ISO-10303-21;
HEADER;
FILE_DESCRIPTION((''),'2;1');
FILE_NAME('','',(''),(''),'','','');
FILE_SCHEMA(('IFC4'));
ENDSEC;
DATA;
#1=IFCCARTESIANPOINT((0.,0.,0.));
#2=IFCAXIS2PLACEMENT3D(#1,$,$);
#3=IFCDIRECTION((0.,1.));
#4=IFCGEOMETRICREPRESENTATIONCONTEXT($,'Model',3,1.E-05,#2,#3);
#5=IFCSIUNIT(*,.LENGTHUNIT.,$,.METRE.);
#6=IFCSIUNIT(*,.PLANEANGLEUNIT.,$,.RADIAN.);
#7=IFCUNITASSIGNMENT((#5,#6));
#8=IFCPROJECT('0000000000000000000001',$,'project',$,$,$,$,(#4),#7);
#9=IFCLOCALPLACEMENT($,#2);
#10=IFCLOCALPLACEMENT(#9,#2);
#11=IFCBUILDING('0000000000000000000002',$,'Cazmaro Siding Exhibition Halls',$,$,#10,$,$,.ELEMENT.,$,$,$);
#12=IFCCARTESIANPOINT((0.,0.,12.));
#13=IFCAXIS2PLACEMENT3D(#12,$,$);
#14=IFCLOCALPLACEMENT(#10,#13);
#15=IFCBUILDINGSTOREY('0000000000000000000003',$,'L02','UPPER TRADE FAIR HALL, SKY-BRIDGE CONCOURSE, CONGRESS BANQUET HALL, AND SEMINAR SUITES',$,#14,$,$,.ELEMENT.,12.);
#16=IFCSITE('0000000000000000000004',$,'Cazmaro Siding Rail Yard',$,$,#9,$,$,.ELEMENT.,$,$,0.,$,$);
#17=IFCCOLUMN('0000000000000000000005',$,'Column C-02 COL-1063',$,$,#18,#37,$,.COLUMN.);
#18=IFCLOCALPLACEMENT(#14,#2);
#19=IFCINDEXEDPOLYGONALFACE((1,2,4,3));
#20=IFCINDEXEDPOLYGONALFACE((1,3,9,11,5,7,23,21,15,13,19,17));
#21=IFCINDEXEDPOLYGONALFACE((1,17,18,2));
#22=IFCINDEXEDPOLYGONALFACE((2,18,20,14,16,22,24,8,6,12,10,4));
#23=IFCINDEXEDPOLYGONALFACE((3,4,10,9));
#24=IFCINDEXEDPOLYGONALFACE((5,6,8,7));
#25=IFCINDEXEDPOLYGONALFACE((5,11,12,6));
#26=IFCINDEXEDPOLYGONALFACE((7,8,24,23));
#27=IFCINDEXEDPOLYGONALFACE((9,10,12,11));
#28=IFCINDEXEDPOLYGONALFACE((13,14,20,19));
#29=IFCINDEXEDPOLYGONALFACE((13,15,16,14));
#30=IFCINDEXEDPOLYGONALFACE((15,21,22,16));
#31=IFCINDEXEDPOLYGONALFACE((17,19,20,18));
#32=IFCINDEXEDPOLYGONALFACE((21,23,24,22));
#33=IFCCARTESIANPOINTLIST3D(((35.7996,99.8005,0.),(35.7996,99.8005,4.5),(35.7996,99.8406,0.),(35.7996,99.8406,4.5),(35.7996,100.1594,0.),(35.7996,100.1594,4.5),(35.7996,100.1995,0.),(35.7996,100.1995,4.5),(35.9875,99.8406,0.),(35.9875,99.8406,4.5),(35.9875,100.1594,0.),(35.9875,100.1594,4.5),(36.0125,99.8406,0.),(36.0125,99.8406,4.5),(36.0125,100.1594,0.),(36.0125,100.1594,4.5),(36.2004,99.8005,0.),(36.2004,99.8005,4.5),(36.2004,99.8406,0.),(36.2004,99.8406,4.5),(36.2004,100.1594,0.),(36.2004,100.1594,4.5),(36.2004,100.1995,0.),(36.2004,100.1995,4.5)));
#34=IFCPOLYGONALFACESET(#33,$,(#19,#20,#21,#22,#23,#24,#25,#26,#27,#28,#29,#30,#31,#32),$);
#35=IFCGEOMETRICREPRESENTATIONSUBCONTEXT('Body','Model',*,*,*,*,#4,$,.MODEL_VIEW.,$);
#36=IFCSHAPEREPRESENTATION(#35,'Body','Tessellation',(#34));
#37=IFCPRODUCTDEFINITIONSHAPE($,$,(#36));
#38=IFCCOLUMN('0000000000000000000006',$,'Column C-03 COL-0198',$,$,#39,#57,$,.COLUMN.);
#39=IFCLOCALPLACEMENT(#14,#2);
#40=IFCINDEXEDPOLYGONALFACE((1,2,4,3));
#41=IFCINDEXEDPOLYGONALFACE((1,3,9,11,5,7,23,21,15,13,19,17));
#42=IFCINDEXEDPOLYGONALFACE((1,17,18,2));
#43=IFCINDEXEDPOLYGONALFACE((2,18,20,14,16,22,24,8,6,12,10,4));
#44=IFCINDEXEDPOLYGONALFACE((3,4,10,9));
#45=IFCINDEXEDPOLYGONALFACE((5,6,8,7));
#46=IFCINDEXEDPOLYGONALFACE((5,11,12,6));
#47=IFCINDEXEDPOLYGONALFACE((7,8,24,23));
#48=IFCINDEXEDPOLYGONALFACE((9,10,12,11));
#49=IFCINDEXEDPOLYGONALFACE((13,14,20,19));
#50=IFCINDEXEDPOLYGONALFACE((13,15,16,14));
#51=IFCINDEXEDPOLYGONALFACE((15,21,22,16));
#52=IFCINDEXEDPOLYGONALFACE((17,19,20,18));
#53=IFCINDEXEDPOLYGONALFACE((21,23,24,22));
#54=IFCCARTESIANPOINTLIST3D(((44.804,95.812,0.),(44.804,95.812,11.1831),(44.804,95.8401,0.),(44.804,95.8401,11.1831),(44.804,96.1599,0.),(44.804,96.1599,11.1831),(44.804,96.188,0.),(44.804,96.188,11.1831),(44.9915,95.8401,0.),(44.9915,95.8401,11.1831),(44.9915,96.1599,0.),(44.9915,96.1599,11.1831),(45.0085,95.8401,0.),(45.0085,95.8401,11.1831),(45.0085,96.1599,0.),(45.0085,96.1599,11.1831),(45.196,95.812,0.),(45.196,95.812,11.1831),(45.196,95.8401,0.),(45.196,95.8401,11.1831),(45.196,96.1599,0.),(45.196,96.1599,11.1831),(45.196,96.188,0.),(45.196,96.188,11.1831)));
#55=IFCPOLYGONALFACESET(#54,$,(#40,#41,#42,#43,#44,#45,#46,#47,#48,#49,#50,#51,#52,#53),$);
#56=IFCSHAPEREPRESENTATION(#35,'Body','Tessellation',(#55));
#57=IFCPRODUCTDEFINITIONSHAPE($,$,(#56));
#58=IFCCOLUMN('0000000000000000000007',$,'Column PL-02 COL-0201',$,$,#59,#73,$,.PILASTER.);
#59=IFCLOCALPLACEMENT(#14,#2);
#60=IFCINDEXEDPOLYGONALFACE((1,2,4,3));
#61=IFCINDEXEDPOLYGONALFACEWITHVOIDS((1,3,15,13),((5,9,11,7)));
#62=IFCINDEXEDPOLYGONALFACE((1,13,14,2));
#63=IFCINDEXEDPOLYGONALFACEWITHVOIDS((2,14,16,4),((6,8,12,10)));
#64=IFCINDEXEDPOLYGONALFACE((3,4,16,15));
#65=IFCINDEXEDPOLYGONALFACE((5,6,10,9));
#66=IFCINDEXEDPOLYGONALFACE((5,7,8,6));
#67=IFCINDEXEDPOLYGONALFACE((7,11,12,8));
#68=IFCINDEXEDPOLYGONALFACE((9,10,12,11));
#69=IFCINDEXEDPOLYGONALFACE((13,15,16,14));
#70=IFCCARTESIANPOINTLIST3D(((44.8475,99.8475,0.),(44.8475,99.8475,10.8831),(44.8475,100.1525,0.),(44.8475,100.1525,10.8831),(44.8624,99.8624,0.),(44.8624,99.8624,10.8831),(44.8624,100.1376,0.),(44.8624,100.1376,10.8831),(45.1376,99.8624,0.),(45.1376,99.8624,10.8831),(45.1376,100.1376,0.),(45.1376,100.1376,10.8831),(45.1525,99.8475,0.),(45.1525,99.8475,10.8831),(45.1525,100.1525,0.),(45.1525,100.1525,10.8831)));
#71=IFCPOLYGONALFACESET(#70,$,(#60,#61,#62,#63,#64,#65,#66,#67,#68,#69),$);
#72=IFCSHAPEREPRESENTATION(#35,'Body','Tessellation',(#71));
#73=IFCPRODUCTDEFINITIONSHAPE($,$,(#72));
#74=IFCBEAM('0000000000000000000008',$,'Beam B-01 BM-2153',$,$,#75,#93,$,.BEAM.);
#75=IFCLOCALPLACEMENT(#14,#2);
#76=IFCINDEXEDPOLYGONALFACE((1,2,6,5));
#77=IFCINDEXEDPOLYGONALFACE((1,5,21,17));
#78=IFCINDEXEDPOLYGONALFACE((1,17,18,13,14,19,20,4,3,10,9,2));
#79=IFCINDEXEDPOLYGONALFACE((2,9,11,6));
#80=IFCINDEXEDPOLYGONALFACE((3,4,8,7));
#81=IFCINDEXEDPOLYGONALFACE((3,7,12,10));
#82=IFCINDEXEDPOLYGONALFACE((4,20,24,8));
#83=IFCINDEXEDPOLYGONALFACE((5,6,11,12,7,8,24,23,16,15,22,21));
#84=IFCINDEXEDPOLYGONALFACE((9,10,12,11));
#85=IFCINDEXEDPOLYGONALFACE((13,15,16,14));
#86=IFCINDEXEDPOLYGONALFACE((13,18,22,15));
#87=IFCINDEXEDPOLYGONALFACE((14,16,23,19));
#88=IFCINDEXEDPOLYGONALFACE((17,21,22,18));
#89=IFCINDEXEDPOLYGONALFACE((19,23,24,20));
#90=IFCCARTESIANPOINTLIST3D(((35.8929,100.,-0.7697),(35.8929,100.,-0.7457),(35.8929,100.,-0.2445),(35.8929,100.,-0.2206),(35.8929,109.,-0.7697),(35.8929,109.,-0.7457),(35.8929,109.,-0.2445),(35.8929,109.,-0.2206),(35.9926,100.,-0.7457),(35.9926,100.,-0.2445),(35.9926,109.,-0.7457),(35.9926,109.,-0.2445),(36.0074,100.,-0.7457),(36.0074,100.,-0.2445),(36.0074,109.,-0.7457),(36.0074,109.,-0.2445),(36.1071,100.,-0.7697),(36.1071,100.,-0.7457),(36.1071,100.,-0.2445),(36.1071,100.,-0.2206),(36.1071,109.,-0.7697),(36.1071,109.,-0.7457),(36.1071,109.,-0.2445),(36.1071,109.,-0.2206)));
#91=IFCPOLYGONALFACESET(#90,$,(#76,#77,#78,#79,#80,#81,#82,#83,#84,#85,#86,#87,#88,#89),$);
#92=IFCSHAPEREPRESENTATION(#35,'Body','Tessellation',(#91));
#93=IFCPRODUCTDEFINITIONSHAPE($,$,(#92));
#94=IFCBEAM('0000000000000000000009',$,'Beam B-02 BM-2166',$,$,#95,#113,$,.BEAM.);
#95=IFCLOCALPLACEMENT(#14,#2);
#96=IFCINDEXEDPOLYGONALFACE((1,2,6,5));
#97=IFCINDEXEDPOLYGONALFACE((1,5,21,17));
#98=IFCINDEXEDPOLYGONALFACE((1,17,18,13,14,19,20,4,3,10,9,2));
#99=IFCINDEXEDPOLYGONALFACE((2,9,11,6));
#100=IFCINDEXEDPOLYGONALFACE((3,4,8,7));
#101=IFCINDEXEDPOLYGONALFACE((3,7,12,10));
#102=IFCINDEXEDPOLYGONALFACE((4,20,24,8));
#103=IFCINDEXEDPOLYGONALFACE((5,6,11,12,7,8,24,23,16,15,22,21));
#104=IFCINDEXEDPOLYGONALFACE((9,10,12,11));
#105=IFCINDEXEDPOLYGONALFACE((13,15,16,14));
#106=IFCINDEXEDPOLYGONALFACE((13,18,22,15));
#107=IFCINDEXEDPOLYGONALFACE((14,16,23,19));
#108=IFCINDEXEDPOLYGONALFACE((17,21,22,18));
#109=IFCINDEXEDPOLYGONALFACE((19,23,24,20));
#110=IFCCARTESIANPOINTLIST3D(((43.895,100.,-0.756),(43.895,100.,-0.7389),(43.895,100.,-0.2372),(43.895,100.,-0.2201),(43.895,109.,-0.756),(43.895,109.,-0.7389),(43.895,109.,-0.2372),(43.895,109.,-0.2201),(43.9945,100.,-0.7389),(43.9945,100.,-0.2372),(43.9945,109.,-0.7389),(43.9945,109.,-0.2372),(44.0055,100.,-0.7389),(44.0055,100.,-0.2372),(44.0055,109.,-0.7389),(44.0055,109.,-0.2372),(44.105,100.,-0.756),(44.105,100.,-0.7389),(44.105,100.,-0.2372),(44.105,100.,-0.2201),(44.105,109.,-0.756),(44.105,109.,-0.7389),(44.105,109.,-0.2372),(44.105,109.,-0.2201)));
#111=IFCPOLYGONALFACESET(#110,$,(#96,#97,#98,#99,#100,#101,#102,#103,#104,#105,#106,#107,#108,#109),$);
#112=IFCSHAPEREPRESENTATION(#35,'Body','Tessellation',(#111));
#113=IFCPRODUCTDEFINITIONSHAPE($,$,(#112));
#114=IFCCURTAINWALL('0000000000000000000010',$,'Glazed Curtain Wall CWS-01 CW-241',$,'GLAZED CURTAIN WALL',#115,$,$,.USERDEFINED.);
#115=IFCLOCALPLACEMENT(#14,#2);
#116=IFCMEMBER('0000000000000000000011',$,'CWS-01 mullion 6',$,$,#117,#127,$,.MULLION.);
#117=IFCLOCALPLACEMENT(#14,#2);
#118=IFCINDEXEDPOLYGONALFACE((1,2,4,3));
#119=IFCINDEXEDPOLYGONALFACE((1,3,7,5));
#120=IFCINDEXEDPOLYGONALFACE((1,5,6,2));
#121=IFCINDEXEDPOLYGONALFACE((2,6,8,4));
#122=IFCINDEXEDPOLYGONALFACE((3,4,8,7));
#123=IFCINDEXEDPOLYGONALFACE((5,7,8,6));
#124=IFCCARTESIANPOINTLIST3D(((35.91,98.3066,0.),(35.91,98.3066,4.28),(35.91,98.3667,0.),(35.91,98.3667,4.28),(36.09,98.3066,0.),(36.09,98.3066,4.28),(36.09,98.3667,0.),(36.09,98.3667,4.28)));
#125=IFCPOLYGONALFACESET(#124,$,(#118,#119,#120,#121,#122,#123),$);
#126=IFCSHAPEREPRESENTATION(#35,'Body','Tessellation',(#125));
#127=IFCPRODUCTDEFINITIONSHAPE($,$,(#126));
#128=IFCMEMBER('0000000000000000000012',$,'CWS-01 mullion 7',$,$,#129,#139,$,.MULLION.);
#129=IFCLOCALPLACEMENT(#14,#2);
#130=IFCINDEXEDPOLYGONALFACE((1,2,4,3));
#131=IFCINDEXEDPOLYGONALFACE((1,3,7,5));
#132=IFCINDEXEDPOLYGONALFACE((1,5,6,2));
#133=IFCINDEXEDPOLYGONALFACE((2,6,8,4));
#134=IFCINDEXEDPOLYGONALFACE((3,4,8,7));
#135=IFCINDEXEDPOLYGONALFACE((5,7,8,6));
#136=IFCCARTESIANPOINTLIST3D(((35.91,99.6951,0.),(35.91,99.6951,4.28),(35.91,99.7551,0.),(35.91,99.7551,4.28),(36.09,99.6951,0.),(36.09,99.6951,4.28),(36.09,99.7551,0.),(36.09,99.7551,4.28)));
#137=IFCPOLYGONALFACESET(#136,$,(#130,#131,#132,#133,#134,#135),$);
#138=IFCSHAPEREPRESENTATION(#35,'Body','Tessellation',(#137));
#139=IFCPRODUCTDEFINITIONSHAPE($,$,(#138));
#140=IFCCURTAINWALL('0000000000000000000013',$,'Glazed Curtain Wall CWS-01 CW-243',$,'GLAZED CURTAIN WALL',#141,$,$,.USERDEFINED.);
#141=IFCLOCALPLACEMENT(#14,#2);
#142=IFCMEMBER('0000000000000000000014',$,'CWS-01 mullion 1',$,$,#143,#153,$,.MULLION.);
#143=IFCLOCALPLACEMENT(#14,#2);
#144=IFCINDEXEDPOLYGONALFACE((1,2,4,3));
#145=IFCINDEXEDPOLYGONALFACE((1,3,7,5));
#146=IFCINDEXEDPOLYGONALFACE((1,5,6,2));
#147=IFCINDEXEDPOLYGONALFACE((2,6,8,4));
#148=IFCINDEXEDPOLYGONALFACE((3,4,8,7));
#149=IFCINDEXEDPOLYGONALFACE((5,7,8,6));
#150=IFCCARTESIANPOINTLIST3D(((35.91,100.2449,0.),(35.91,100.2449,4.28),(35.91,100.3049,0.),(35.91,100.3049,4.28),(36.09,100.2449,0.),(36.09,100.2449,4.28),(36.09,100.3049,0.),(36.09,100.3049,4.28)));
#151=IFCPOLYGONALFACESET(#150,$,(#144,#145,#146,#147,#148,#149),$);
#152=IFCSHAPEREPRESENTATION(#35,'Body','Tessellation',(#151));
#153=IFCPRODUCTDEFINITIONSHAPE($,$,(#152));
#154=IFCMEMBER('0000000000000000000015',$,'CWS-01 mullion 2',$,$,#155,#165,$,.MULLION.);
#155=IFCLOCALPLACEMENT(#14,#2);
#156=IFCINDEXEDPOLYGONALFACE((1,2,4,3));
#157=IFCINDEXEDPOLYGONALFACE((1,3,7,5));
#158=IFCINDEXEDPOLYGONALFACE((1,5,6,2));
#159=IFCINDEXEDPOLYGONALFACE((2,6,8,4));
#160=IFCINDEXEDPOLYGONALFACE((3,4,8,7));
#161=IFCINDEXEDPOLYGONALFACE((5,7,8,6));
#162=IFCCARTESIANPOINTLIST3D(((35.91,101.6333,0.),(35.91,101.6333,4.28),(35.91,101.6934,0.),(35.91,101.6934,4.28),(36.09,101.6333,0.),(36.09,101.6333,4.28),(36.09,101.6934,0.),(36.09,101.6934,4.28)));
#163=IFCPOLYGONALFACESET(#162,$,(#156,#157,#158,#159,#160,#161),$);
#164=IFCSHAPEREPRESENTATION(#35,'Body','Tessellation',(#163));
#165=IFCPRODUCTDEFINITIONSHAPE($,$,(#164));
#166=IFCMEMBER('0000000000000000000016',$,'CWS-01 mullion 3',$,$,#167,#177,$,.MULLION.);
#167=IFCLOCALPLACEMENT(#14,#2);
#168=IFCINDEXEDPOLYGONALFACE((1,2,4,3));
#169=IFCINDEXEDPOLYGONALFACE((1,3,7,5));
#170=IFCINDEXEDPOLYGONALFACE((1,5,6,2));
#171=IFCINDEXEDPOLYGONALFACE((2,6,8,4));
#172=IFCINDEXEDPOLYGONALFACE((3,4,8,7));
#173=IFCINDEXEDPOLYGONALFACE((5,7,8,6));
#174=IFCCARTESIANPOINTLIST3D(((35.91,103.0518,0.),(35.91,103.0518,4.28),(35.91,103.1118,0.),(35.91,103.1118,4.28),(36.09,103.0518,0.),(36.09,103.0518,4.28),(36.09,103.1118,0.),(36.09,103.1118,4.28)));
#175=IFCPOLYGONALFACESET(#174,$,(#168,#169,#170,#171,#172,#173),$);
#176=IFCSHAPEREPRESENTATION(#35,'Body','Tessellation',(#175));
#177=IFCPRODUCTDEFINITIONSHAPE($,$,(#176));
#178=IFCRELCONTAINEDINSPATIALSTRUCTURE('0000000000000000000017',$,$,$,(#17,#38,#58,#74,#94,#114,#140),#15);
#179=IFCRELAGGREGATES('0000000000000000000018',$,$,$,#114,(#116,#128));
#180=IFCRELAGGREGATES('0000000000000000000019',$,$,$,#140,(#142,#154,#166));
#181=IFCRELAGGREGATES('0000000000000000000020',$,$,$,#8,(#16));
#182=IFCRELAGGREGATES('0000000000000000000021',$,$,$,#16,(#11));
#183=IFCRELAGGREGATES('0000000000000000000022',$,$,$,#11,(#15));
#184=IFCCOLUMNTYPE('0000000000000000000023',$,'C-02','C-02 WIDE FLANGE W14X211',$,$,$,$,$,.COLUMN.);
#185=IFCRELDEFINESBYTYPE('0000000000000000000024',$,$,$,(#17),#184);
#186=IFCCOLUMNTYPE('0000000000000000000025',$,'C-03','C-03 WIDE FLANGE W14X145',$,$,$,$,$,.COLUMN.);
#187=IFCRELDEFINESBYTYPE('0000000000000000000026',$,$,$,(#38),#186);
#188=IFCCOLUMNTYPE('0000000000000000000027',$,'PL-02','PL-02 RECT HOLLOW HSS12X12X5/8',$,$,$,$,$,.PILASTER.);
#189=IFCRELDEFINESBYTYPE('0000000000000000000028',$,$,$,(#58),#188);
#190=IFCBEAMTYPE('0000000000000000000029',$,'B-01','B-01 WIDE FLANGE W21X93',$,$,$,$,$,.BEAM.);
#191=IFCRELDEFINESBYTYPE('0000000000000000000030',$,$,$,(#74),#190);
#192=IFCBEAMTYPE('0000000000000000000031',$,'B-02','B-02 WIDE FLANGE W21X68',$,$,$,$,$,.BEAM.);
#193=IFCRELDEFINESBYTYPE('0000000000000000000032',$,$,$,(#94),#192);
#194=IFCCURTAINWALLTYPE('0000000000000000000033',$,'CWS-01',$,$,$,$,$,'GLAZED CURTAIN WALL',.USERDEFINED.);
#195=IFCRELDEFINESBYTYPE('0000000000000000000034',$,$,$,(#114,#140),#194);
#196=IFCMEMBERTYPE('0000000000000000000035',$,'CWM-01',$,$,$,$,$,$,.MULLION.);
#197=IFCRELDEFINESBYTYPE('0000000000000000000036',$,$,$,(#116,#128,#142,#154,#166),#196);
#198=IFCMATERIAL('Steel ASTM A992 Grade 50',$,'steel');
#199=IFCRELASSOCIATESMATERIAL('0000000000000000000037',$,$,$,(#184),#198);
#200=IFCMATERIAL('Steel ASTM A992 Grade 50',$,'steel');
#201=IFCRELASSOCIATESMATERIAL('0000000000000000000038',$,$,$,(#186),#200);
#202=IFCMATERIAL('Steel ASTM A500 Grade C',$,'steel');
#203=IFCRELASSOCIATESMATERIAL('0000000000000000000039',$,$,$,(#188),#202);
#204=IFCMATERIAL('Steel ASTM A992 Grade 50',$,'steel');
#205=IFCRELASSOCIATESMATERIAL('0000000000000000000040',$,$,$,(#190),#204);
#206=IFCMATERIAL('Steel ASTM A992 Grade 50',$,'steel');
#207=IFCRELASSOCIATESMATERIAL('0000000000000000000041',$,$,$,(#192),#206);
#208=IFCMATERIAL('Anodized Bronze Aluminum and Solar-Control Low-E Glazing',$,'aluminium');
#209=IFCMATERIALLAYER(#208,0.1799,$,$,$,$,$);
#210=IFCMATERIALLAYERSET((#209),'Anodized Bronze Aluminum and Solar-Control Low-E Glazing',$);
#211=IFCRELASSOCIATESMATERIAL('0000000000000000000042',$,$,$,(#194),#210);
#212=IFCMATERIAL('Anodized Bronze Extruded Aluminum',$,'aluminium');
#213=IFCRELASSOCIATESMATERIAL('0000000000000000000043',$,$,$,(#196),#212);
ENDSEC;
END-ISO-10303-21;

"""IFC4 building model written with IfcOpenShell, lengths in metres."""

from ifc_helpers import new_model, si_unit, direction, frame, origin, origin_2d, place, context, subcontext, project, spatial, rectangle, hollow_rectangle, i_section, extrude, material, layer, layer_set, material_profile, profile_set, type_object, element, aggregate, save


model = new_model("IFC4")

# Units and contexts
model_context = context("Model", 3, precision=1e-05, world=origin(), true_north=direction((0.0, 1.0)))
body_context = subcontext(model_context, "Body", "Model", "MODEL_VIEW")
ifc_project = project(units=[si_unit("LENGTHUNIT", "METRE"), si_unit("PLANEANGLEUNIT", "RADIAN")], contexts=[model_context])

# Site, building, storey
site_placement = place(None, origin())
site = spatial("IfcSite", under=ifc_project, at=site_placement, Name="Cazmaro Siding Rail Yard", CompositionType="ELEMENT", RefElevation=0.0)
building_placement = place(site_placement, origin())
building = spatial("IfcBuilding", under=site, at=building_placement, Name="Cazmaro Siding Exhibition Halls", CompositionType="ELEMENT")
storey_placement = place(building_placement, frame((0.0, 0.0, 12.0)))
storey = spatial("IfcBuildingStorey", under=building, at=storey_placement, Name="L02", Description="UPPER TRADE FAIR HALL, SKY-BRIDGE CONCOURSE, CONGRESS BANQUET HALL, AND SEMINAR SUITES", CompositionType="ELEMENT", Elevation=12.0)

# Columns
ifc_material_1 = material(Name="Steel ASTM A992 Grade 50", Category="steel")
ifc_material_profile_1 = material_profile(ifc_material_1, i_section(OverallWidth=0.4009, OverallDepth=0.3989, WebThickness=0.0249, FlangeThickness=0.04, at=origin_2d()), Name="W14X211")
ifc_profile_set_1 = profile_set([ifc_material_profile_1], Name="Steel ASTM A992 Grade 50")
column_type_1 = type_object("IfcColumnType", Name="C-02", Description="C-02 WIDE FLANGE W14X211", PredefinedType="COLUMN", material=ifc_profile_set_1)
column_1_placement = place(storey_placement, frame((36.0, 100.0, 0.0), z_axis=(0.0, 0.0, 1.0), x_axis=(1.0, 0.0, 0.0)))
element("IfcColumn", 1, at=column_1_placement, inside=storey, type_object=column_type_1, Name="Column C-02 COL-1063", PredefinedType="COLUMN", context=body_context, shape_type="SweptSolid", body=[
    extrude(i_section(OverallWidth=0.4009, OverallDepth=0.3989, WebThickness=0.0249, FlangeThickness=0.04, at=origin_2d()), origin(), (0.0, 0.0, 1.0), 4.5),
])
ifc_material_2 = material(Name="Steel ASTM A992 Grade 50", Category="steel")
ifc_material_profile_2 = material_profile(ifc_material_2, i_section(OverallWidth=0.3921, OverallDepth=0.376, WebThickness=0.0171, FlangeThickness=0.0281, at=origin_2d()), Name="W14X145")
ifc_profile_set_2 = profile_set([ifc_material_profile_2], Name="Steel ASTM A992 Grade 50")
column_type_2 = type_object("IfcColumnType", Name="C-03", Description="C-03 WIDE FLANGE W14X145", PredefinedType="COLUMN", material=ifc_profile_set_2)
column_2_placement = place(storey_placement, frame((45.0, 96.0, 0.0), z_axis=(0.0, 0.0, 1.0), x_axis=(1.0, 0.0, 0.0)))
element("IfcColumn", 2, at=column_2_placement, inside=storey, type_object=column_type_2, Name="Column C-03 COL-0198", PredefinedType="COLUMN", context=body_context, shape_type="SweptSolid", body=[
    extrude(i_section(OverallWidth=0.3921, OverallDepth=0.376, WebThickness=0.0171, FlangeThickness=0.0281, at=origin_2d()), origin(), (0.0, 0.0, 1.0), 11.1831),
])
ifc_material_3 = material(Name="Steel ASTM A500 Grade C", Category="steel")
ifc_material_profile_3 = material_profile(ifc_material_3, hollow_rectangle(XDim=0.3049, YDim=0.3049, WallThickness=0.0149, at=origin_2d()), Name="HSS12X12X5/8")
ifc_profile_set_3 = profile_set([ifc_material_profile_3], Name="Steel ASTM A500 Grade C")
column_type_3 = type_object("IfcColumnType", Name="PL-02", Description="PL-02 RECT HOLLOW HSS12X12X5/8", PredefinedType="PILASTER", material=ifc_profile_set_3)
column_3_placement = place(storey_placement, frame((45.0, 100.0, 0.0), z_axis=(0.0, 0.0, 1.0), x_axis=(1.0, 0.0, 0.0)))
element("IfcColumn", 3, at=column_3_placement, inside=storey, type_object=column_type_3, Name="Column PL-02 COL-0201", PredefinedType="PILASTER", context=body_context, shape_type="SweptSolid", body=[
    extrude(hollow_rectangle(XDim=0.3049, YDim=0.3049, WallThickness=0.0149, at=origin_2d()), origin(), (0.0, 0.0, 1.0), 10.8831),
])

# Beams
ifc_material_4 = material(Name="Steel ASTM A992 Grade 50", Category="steel")
ifc_material_profile_4 = material_profile(ifc_material_4, i_section(OverallWidth=0.2141, OverallDepth=0.5491, WebThickness=0.0149, FlangeThickness=0.0239, at=origin_2d()), Name="W21X93")
ifc_profile_set_4 = profile_set([ifc_material_profile_4], Name="Steel ASTM A992 Grade 50")
beam_type_1 = type_object("IfcBeamType", Name="B-01", Description="B-01 WIDE FLANGE W21X93", PredefinedType="BEAM", material=ifc_profile_set_4)
beam_1_placement = place(storey_placement, frame((36.0, 100.0, -0.4951), z_axis=(0.0, 1.0, 0.0), x_axis=(-1.0, 0.0, 0.0)))
element("IfcBeam", 4, at=beam_1_placement, inside=storey, type_object=beam_type_1, Name="Beam B-01 BM-2153", PredefinedType="BEAM", context=body_context, shape_type="SweptSolid", body=[
    extrude(i_section(OverallWidth=0.2141, OverallDepth=0.5491, WebThickness=0.0149, FlangeThickness=0.0239, at=origin_2d()), origin(), (0.0, 0.0, 1.0), 9.0),
])
ifc_material_5 = material(Name="Steel ASTM A992 Grade 50", Category="steel")
ifc_material_profile_5 = material_profile(ifc_material_5, i_section(OverallWidth=0.21, OverallDepth=0.5359, WebThickness=0.011, FlangeThickness=0.0171, at=origin_2d()), Name="W21X68")
ifc_profile_set_5 = profile_set([ifc_material_profile_5], Name="Steel ASTM A992 Grade 50")
beam_type_2 = type_object("IfcBeamType", Name="B-02", Description="B-02 WIDE FLANGE W21X68", PredefinedType="BEAM", material=ifc_profile_set_5)
beam_2_placement = place(storey_placement, frame((44.0, 100.0, -0.488), z_axis=(0.0, 1.0, 0.0), x_axis=(-1.0, 0.0, 0.0)))
element("IfcBeam", 5, at=beam_2_placement, inside=storey, type_object=beam_type_2, Name="Beam B-02 BM-2166", PredefinedType="BEAM", context=body_context, shape_type="SweptSolid", body=[
    extrude(i_section(OverallWidth=0.21, OverallDepth=0.5359, WebThickness=0.011, FlangeThickness=0.0171, at=origin_2d()), origin(), (0.0, 0.0, 1.0), 9.0),
])

# Curtain walls, members
ifc_material_6 = material(Name="Anodized Bronze Aluminum and Solar-Control Low-E Glazing", Category="aluminium")
ifc_layer_1 = layer(ifc_material_6, 0.1799)
ifc_layer_set_1 = layer_set([ifc_layer_1], Name="Anodized Bronze Aluminum and Solar-Control Low-E Glazing")
curtain_wall_type = type_object("IfcCurtainWallType", Name="CWS-01", ElementType="GLAZED CURTAIN WALL", PredefinedType="USERDEFINED", material=ifc_layer_set_1)
curtain_wall_1_placement = place(storey_placement, origin())
curtain_wall_1 = element("IfcCurtainWall", 6, at=curtain_wall_1_placement, inside=storey, type_object=curtain_wall_type, Name="Glazed Curtain Wall CWS-01 CW-241", ObjectType="GLAZED CURTAIN WALL", PredefinedType="USERDEFINED")
ifc_material_7 = material(Name="Anodized Bronze Extruded Aluminum", Category="aluminium")
ifc_material_profile_6 = material_profile(ifc_material_7, rectangle(XDim=0.1799, YDim=0.0601, at=origin_2d()), Name="CWM-01")
ifc_profile_set_6 = profile_set([ifc_material_profile_6], Name="Anodized Bronze Extruded Aluminum")
member_type_1 = type_object("IfcMemberType", Name="CWM-01", PredefinedType="MULLION", material=ifc_profile_set_6)
member_1_placement = place(storey_placement, frame((36.0, 98.3367, 0.0), z_axis=(0.0, 0.0, 1.0), x_axis=(-1.0, 0.0, 0.0)))
member_1 = element("IfcMember", 7, at=member_1_placement, type_object=member_type_1, Name="CWS-01 mullion 6", PredefinedType="MULLION", context=body_context, shape_type="SweptSolid", body=[
    extrude(rectangle(XDim=0.1799, YDim=0.0601, at=origin_2d()), origin(), (0.0, 0.0, 1.0), 4.28),
])
member_2_placement = place(storey_placement, frame((36.0, 99.7251, 0.0), z_axis=(0.0, 0.0, 1.0), x_axis=(-1.0, 0.0, 0.0)))
member_2 = element("IfcMember", 8, at=member_2_placement, type_object=member_type_1, Name="CWS-01 mullion 7", PredefinedType="MULLION", context=body_context, shape_type="SweptSolid", body=[
    extrude(rectangle(XDim=0.1799, YDim=0.0601, at=origin_2d()), origin(), (0.0, 0.0, 1.0), 4.28),
])
curtain_wall_2_placement = place(storey_placement, origin())
curtain_wall_2 = element("IfcCurtainWall", 9, at=curtain_wall_2_placement, inside=storey, type_object=curtain_wall_type, Name="Glazed Curtain Wall CWS-01 CW-243", ObjectType="GLAZED CURTAIN WALL", PredefinedType="USERDEFINED")
member_3_placement = place(storey_placement, frame((36.0, 100.2749, 0.0), z_axis=(0.0, 0.0, 1.0), x_axis=(-1.0, 0.0, 0.0)))
member_3 = element("IfcMember", 10, at=member_3_placement, type_object=member_type_1, Name="CWS-01 mullion 1", PredefinedType="MULLION", context=body_context, shape_type="SweptSolid", body=[
    extrude(rectangle(XDim=0.1799, YDim=0.0601, at=origin_2d()), origin(), (0.0, 0.0, 1.0), 4.28),
])
member_4_placement = place(storey_placement, frame((36.0, 101.6633, 0.0), z_axis=(0.0, 0.0, 1.0), x_axis=(-1.0, 0.0, 0.0)))
member_4 = element("IfcMember", 11, at=member_4_placement, type_object=member_type_1, Name="CWS-01 mullion 2", PredefinedType="MULLION", context=body_context, shape_type="SweptSolid", body=[
    extrude(rectangle(XDim=0.1799, YDim=0.0601, at=origin_2d()), origin(), (0.0, 0.0, 1.0), 4.28),
])
member_5_placement = place(storey_placement, frame((36.0, 103.0818, 0.0), z_axis=(0.0, 0.0, 1.0), x_axis=(-1.0, 0.0, 0.0)))
member_5 = element("IfcMember", 12, at=member_5_placement, type_object=member_type_1, Name="CWS-01 mullion 3", PredefinedType="MULLION", context=body_context, shape_type="SweptSolid", body=[
    extrude(rectangle(XDim=0.1799, YDim=0.0601, at=origin_2d()), origin(), (0.0, 0.0, 1.0), 4.28),
])

aggregate(curtain_wall_1, [member_1, member_2])
aggregate(curtain_wall_2, [member_3, member_4, member_5])

save(model, "model.ifc")
